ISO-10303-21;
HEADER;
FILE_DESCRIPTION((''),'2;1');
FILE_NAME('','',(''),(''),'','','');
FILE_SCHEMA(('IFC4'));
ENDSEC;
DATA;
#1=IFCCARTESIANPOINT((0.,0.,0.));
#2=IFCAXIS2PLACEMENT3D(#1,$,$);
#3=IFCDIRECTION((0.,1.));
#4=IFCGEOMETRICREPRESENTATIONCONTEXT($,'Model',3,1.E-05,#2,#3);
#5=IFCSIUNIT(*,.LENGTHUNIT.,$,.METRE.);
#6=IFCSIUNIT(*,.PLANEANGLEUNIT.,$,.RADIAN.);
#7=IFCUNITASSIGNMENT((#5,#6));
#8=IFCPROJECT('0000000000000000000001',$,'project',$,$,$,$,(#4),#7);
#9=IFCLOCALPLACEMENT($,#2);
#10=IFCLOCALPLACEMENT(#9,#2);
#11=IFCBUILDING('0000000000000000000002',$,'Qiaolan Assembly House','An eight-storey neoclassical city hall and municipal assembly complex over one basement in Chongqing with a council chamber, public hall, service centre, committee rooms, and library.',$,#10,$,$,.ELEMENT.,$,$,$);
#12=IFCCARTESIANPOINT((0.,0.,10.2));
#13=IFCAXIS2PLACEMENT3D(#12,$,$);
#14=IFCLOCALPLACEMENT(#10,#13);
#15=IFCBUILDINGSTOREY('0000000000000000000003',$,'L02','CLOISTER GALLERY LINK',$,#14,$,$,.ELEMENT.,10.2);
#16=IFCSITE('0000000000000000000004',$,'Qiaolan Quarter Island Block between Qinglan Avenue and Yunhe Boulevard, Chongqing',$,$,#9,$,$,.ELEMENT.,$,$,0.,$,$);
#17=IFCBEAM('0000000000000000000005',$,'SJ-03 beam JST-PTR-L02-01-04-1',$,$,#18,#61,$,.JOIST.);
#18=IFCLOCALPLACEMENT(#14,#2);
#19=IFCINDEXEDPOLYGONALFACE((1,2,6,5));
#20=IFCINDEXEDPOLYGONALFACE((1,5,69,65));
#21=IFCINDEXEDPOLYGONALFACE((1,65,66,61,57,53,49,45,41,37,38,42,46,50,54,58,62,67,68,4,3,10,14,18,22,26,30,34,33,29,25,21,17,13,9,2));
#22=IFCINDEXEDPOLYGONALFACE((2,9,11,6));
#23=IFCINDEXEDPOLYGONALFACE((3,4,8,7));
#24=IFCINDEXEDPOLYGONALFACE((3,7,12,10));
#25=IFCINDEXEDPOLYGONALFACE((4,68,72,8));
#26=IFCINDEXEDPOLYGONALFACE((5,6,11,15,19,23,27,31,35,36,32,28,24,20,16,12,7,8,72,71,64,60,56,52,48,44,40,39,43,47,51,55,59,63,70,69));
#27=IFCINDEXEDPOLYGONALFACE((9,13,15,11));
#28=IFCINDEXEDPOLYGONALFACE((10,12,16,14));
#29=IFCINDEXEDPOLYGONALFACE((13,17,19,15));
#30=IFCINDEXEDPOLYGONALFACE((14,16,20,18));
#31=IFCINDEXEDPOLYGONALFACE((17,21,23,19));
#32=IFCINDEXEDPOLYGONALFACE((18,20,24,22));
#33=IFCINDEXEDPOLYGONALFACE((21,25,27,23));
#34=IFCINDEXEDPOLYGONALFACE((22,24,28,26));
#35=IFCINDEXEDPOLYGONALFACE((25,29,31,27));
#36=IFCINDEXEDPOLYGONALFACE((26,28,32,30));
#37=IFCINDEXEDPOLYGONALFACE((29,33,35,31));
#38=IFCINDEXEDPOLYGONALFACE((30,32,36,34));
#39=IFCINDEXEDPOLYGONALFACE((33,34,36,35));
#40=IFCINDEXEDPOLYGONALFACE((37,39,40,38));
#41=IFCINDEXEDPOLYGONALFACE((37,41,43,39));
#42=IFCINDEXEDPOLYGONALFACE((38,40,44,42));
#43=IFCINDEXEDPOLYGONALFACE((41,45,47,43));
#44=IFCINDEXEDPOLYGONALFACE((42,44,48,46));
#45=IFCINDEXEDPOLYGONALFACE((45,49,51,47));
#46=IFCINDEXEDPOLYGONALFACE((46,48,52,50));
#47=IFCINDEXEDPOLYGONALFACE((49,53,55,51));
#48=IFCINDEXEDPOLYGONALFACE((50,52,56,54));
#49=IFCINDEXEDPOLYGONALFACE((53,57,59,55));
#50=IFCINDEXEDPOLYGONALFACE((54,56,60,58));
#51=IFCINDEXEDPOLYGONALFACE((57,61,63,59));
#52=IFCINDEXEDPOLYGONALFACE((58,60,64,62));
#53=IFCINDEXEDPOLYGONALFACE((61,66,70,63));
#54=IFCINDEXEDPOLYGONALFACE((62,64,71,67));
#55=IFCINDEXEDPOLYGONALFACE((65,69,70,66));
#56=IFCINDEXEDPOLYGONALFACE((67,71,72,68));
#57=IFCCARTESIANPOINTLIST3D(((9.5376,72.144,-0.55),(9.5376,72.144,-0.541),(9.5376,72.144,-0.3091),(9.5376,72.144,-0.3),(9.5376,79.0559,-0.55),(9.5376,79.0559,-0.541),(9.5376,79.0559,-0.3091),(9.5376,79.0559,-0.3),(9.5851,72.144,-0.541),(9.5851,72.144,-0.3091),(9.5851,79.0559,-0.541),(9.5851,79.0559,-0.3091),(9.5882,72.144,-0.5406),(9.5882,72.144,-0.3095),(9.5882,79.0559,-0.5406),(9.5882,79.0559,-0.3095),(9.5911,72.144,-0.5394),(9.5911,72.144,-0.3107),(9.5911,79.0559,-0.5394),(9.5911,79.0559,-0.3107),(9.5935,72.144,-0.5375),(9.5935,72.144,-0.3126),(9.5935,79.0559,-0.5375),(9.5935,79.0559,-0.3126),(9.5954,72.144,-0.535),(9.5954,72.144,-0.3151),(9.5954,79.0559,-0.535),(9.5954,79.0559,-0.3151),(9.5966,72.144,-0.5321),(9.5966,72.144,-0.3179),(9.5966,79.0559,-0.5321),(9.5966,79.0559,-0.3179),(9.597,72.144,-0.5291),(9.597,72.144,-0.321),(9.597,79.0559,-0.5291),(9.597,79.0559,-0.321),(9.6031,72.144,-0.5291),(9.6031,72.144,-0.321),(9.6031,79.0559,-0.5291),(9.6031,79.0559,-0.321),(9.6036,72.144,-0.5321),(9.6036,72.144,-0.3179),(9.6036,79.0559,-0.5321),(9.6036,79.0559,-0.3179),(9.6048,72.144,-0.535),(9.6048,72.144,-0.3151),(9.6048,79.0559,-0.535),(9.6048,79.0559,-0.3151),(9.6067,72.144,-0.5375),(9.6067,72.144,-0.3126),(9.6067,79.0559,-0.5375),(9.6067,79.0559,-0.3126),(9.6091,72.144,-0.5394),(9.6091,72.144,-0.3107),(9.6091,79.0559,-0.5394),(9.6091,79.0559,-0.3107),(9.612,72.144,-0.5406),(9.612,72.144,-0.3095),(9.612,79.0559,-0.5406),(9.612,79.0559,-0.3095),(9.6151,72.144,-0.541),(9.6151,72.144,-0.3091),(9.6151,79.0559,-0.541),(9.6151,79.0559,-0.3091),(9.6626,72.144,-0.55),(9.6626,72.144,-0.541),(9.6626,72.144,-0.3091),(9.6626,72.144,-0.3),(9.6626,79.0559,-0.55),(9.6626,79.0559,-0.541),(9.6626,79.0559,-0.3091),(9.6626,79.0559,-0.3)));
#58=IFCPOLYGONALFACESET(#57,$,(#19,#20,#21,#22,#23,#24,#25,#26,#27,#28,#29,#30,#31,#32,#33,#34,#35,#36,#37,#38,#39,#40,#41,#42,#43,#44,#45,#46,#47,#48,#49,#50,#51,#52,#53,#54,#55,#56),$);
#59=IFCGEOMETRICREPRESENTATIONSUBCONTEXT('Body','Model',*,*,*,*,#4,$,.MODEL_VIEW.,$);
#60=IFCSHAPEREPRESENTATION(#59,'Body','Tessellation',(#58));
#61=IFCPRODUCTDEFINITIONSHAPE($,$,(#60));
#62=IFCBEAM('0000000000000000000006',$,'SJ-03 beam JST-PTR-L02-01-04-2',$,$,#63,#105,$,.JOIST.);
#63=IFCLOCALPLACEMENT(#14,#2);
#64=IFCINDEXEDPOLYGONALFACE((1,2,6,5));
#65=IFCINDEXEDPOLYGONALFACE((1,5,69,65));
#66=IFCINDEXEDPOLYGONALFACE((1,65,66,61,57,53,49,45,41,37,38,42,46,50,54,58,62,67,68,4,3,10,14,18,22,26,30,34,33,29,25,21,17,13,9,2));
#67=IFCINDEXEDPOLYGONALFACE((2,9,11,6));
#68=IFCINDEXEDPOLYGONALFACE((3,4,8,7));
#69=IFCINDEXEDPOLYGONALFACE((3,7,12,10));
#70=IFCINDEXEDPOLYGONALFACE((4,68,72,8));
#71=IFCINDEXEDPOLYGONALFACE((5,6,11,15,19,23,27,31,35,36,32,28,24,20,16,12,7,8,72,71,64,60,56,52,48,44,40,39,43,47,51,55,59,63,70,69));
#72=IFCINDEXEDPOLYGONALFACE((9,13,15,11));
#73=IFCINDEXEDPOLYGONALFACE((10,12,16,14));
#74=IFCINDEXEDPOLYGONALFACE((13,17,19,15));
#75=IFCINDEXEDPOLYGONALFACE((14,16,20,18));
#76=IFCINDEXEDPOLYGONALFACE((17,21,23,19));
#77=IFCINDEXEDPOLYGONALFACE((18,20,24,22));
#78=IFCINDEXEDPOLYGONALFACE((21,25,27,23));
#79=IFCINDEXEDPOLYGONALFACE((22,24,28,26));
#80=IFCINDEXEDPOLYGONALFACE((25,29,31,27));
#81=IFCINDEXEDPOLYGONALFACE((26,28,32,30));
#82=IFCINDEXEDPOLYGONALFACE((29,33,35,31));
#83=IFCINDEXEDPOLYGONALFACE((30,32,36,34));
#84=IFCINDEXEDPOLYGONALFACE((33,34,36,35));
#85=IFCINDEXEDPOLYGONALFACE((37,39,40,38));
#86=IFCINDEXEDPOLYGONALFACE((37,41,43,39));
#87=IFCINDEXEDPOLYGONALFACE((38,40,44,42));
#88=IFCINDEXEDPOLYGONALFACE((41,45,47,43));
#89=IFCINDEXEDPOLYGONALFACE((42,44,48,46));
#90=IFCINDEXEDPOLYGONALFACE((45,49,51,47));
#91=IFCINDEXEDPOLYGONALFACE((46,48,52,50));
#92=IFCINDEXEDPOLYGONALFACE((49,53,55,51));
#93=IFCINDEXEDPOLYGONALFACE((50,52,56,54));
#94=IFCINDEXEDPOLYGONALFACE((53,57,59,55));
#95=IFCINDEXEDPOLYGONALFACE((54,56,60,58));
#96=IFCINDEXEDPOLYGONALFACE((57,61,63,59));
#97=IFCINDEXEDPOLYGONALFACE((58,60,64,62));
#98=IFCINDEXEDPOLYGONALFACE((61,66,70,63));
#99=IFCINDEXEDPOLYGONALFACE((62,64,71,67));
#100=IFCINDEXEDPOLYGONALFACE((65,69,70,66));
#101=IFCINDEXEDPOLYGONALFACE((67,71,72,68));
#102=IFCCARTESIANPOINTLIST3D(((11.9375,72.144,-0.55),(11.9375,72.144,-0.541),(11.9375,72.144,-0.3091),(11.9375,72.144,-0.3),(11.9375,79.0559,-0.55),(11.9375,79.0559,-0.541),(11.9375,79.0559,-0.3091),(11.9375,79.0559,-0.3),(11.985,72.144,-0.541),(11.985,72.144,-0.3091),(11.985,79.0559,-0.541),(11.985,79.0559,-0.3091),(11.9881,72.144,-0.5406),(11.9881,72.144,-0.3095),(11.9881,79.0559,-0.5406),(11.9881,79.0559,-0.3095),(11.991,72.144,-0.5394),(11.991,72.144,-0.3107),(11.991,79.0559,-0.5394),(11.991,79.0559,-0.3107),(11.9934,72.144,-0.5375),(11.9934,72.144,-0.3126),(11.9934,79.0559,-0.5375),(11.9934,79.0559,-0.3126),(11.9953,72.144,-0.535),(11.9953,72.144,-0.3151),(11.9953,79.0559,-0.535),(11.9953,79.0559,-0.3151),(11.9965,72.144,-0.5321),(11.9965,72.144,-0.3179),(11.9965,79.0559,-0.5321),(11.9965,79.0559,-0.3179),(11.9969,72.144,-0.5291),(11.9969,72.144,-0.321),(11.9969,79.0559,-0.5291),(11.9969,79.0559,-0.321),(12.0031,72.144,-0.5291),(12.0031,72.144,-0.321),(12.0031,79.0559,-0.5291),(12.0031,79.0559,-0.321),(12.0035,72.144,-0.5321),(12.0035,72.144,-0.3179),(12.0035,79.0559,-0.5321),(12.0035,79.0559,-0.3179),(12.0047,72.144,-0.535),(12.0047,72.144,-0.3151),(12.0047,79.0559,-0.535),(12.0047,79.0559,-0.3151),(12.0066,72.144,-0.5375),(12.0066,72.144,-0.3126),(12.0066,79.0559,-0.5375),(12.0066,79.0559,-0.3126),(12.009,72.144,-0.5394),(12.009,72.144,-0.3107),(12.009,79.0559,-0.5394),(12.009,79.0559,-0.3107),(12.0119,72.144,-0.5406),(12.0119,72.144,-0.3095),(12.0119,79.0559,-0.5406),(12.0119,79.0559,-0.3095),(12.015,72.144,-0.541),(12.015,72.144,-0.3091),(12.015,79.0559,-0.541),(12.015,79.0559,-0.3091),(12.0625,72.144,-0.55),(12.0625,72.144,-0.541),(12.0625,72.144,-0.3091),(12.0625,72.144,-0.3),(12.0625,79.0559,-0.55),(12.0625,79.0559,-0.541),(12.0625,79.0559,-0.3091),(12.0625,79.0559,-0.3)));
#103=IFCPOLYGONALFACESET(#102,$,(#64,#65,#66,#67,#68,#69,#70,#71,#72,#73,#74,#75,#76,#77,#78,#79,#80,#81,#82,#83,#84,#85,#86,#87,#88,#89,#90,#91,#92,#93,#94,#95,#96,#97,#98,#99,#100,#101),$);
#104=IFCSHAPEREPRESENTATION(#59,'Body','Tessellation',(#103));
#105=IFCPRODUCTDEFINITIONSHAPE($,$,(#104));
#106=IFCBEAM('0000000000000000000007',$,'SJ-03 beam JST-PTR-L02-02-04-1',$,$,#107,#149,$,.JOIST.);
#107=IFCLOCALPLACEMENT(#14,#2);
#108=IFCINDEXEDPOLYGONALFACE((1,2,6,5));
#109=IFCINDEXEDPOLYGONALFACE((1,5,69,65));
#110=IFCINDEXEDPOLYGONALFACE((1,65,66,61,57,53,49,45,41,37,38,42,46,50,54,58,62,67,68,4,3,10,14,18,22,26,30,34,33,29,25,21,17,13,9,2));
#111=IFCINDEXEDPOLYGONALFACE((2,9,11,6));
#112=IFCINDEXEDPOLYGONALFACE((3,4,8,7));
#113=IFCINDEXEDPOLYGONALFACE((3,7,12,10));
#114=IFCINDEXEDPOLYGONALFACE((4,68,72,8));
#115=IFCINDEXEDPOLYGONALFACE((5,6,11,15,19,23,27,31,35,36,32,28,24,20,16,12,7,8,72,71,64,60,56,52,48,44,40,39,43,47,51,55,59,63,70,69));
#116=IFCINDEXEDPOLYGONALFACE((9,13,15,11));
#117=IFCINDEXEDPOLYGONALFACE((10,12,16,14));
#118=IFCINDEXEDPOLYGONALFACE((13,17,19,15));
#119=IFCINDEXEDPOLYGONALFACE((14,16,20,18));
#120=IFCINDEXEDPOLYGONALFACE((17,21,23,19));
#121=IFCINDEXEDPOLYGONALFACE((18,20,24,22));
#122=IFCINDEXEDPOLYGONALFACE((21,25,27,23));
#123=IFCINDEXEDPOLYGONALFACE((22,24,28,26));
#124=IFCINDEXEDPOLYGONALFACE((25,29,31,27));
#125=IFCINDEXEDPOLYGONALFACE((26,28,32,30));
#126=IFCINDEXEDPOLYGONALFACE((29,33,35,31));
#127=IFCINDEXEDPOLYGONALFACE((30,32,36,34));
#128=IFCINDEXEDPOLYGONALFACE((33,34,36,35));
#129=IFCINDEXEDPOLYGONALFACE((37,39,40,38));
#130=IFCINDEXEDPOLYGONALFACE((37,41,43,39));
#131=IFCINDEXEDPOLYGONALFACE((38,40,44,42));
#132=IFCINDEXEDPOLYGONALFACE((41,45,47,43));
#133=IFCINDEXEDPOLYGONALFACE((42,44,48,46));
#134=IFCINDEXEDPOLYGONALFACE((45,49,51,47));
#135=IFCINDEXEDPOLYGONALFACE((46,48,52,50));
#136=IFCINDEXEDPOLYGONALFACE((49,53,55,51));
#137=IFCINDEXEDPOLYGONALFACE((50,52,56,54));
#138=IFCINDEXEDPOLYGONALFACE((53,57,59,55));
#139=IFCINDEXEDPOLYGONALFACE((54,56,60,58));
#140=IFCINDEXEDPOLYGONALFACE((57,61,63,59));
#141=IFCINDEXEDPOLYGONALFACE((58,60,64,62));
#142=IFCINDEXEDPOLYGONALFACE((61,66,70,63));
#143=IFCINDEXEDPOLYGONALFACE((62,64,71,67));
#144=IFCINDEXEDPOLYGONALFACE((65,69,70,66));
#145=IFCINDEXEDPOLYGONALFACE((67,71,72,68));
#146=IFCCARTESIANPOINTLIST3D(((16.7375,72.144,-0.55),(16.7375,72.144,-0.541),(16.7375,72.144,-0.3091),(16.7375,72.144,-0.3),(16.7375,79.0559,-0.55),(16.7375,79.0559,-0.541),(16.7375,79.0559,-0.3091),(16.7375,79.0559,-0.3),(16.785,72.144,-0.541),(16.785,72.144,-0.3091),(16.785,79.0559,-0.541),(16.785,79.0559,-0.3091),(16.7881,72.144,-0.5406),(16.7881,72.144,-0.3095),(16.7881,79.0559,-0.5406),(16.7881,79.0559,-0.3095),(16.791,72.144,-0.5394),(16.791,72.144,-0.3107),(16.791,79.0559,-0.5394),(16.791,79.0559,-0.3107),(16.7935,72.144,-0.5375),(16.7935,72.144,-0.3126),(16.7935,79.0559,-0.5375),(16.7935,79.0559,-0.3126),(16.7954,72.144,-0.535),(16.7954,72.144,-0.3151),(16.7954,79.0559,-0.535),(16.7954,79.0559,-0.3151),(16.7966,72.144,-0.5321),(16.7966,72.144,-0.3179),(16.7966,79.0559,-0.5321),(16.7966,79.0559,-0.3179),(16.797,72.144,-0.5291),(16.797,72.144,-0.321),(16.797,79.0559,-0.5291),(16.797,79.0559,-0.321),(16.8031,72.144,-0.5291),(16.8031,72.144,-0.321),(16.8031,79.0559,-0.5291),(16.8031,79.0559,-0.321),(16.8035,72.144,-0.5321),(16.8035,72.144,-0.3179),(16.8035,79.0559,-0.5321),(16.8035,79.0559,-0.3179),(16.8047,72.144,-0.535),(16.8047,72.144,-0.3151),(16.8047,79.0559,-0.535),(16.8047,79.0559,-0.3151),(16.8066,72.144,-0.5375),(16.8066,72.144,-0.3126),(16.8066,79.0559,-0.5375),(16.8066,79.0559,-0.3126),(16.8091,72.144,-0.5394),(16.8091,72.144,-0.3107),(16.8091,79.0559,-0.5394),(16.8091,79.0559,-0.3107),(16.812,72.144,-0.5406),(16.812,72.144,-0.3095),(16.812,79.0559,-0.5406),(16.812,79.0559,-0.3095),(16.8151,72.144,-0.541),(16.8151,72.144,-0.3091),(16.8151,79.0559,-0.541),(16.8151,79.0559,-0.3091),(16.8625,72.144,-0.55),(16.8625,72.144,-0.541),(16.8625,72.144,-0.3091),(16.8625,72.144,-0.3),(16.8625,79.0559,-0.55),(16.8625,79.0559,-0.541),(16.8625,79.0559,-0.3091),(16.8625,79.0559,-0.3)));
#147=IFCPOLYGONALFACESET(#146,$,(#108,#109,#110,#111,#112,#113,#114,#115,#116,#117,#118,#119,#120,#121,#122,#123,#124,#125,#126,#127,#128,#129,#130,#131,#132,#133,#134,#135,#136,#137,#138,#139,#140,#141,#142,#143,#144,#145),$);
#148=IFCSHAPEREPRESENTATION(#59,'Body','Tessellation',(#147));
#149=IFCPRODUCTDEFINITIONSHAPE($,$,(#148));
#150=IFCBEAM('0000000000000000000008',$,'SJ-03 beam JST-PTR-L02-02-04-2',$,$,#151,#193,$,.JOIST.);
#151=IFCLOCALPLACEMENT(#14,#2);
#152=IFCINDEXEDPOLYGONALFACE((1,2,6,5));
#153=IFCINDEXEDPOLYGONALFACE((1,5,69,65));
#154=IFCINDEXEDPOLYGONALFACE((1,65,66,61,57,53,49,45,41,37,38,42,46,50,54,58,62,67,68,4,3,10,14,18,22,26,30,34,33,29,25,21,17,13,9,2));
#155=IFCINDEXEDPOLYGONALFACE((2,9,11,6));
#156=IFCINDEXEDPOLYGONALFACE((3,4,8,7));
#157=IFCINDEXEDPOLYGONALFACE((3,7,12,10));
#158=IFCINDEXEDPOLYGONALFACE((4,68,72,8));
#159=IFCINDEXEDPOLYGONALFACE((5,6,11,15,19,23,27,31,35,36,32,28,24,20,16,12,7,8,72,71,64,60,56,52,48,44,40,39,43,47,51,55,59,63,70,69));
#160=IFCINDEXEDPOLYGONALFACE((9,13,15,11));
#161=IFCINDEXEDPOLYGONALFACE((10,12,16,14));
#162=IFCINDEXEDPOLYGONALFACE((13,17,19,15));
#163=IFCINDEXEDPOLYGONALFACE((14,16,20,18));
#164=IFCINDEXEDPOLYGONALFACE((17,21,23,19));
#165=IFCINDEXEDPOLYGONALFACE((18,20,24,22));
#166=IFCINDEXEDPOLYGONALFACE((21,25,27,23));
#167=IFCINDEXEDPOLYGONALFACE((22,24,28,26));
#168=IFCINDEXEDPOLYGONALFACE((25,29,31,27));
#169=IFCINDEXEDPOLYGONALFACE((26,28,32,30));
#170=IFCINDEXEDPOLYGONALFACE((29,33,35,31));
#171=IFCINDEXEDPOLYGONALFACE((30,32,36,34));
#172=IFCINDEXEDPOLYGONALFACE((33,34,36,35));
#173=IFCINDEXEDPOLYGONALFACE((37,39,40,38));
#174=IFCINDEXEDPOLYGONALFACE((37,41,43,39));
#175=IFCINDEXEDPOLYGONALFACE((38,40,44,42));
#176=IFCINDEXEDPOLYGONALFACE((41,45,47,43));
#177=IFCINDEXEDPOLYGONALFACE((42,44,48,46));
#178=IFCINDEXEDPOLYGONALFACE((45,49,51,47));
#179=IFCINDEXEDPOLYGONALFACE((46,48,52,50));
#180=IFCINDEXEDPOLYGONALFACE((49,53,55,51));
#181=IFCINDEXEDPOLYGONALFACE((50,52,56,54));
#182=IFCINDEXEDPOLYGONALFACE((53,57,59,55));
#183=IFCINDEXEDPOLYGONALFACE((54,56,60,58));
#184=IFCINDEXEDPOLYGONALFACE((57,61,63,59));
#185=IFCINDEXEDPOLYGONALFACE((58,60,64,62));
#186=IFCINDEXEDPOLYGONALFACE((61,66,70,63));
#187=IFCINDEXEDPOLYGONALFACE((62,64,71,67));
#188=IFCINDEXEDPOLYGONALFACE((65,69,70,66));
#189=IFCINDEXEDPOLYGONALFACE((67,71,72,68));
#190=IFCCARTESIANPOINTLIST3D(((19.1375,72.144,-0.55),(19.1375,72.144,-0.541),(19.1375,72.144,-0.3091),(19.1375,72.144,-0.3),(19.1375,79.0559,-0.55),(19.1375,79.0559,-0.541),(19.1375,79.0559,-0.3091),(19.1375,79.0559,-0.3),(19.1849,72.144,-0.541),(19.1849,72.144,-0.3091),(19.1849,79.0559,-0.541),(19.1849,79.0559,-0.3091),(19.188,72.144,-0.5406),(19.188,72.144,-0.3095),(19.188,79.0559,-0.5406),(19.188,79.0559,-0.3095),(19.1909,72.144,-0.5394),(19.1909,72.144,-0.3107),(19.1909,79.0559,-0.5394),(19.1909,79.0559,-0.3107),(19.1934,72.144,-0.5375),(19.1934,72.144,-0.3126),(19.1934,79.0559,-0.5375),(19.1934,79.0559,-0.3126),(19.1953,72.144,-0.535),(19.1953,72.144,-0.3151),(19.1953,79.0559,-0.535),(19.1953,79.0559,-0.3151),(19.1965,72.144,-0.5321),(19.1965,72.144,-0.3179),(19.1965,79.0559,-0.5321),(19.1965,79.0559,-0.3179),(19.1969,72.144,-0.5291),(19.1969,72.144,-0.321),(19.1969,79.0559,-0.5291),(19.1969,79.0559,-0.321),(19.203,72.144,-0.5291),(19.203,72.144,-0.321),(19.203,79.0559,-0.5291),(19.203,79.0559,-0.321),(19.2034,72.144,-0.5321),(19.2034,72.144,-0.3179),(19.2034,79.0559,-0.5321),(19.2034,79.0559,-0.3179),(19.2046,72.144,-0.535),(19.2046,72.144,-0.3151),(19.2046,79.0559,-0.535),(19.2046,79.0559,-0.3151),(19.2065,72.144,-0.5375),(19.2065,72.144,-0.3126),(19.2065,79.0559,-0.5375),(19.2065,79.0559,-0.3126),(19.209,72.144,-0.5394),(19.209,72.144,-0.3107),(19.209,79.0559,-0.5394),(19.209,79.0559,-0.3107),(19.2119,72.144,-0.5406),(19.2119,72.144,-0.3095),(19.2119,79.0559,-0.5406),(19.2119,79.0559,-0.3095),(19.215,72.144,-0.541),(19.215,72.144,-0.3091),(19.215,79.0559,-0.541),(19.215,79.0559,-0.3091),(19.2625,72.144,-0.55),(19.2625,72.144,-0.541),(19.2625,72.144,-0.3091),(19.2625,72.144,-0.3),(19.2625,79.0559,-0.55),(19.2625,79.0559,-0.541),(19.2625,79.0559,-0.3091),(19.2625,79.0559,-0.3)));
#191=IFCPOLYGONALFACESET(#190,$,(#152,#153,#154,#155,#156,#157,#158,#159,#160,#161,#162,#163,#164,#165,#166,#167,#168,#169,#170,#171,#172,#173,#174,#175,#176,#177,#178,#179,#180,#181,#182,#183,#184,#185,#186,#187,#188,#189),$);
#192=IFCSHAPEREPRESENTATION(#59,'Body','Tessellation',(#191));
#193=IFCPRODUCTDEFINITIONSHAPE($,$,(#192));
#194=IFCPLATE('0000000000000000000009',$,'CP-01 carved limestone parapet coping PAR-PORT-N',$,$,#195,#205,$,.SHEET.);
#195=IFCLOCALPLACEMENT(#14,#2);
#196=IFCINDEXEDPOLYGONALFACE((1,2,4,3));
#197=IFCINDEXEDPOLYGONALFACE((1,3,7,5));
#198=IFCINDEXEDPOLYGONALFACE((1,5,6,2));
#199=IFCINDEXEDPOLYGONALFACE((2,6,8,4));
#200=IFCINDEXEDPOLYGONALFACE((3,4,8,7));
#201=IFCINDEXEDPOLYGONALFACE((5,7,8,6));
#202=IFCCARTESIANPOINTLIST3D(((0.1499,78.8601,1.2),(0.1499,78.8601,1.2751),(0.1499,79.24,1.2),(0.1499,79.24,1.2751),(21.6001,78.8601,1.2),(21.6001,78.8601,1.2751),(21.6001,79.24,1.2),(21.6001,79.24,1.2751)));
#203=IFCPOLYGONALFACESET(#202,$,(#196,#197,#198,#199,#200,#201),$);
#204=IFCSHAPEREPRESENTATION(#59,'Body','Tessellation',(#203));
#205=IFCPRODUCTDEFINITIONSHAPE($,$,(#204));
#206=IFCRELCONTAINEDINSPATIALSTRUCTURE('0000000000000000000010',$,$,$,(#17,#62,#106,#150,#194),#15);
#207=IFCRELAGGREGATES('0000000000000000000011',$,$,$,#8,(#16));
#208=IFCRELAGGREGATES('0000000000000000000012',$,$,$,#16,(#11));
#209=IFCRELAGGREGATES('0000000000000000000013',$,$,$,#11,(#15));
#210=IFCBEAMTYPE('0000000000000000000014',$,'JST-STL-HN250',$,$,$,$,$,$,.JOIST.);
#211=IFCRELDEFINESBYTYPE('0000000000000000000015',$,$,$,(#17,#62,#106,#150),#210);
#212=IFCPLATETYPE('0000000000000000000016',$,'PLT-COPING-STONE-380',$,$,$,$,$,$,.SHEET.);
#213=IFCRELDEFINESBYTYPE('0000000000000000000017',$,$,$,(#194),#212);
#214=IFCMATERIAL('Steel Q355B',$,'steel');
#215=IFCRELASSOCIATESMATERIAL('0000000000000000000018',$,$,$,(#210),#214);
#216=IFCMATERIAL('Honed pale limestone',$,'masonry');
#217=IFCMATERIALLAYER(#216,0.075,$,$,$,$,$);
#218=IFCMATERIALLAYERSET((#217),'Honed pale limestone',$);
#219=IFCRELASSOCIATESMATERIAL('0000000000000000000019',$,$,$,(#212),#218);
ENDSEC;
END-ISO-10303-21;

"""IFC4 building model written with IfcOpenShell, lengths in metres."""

from ifc_helpers import new_model, si_unit, direction, frame, frame_2d, origin, origin_2d, place, context, subcontext, project, spatial, rectangle, i_section, extrude, material, layer, layer_set, material_profile, profile_set, type_object, element, save


model = new_model("IFC4")

# Units and contexts
model_context = context("Model", 3, precision=1e-05, world=origin(), true_north=direction((0.0, 1.0)))
body_context = subcontext(model_context, "Body", "Model", "MODEL_VIEW")
ifc_project = project(units=[si_unit("LENGTHUNIT", "METRE"), si_unit("PLANEANGLEUNIT", "RADIAN")], contexts=[model_context])

# Site, building, storey
site_placement = place(None, origin())
site = spatial("IfcSite", under=ifc_project, at=site_placement, Name="Qiaolan Quarter Island Block between Qinglan Avenue and Yunhe Boulevard, Chongqing", CompositionType="ELEMENT", RefElevation=0.0)
building_placement = place(site_placement, origin())
building = spatial("IfcBuilding", under=site, at=building_placement, Name="Qiaolan Assembly House", Description="An eight-storey neoclassical city hall and municipal assembly complex over one basement in Chongqing with a council chamber, public hall, service centre, committee rooms, and library.", CompositionType="ELEMENT")
storey_placement = place(building_placement, frame((0.0, 0.0, 10.2)))
storey = spatial("IfcBuildingStorey", under=building, at=storey_placement, Name="L02", Description="CLOISTER GALLERY LINK", CompositionType="ELEMENT", Elevation=10.2)

# Shared definitions
ifc_material_1 = material(Name="Steel Q355B", Category="steel")

# Beams
ifc_material_profile_1 = material_profile(ifc_material_1, i_section(OverallWidth=0.125, OverallDepth=0.25, WebThickness=0.0061, FlangeThickness=0.009, FilletRadius=0.012, at=origin_2d()), Name="HN 250x125x6x9")
ifc_profile_set_1 = profile_set([ifc_material_profile_1], Name="Steel Q355B")
beam_type_1 = type_object("IfcBeamType", Name="JST-STL-HN250", PredefinedType="JOIST", material=ifc_profile_set_1)
for number, where, z_axis, x_axis, name in (
    (1, (9.6001, 72.144, -0.425), (0.0, 1.0, 0.0), (-1.0, 0.0, 0.0), "SJ-03 beam JST-PTR-L02-01-04-1"),
    (2, (12.0, 72.144, -0.425), (0.0, 1.0, 0.0), (-1.0, 0.0, 0.0), "SJ-03 beam JST-PTR-L02-01-04-2"),
    (3, (16.8, 72.144, -0.425), (0.0, 1.0, 0.0), (-1.0, 0.0, 0.0), "SJ-03 beam JST-PTR-L02-02-04-1"),
    (4, (19.2, 72.144, -0.425), (0.0, 1.0, 0.0), (-1.0, 0.0, 0.0), "SJ-03 beam JST-PTR-L02-02-04-2"),
):
    element("IfcBeam", number, at=place(storey_placement, frame(where, z_axis=z_axis, x_axis=x_axis)), inside=storey, type_object=beam_type_1, Name=name, PredefinedType="JOIST", context=body_context, shape_type="SweptSolid", body=[
        extrude(i_section(OverallWidth=0.125, OverallDepth=0.25, WebThickness=0.0061, FlangeThickness=0.009, FilletRadius=0.012, at=origin_2d()), origin(), (0.0, 0.0, 1.0), 6.9119),
    ])

# Plate
ifc_material_2 = material(Name="Honed pale limestone", Category="masonry")
ifc_layer_1 = layer(ifc_material_2, 0.075)
ifc_layer_set_1 = layer_set([ifc_layer_1], Name="Honed pale limestone")
plate_type = type_object("IfcPlateType", Name="PLT-COPING-STONE-380", PredefinedType="SHEET", material=ifc_layer_set_1)
plate_placement = place(storey_placement, frame((0.1499, 79.05, 1.2), z_axis=(0.0, 0.0, 1.0), x_axis=(1.0, 0.0, 0.0)))
element("IfcPlate", 5, at=plate_placement, inside=storey, type_object=plate_type, Name="CP-01 carved limestone parapet coping PAR-PORT-N", PredefinedType="SHEET", context=body_context, shape_type="SweptSolid", body=[
    extrude(rectangle(XDim=21.4502, YDim=0.3799, at=frame_2d((10.7251, 0.0))), origin(), (0.0, 0.0, 1.0), 0.0752),
])

save(model, "model.ifc")
